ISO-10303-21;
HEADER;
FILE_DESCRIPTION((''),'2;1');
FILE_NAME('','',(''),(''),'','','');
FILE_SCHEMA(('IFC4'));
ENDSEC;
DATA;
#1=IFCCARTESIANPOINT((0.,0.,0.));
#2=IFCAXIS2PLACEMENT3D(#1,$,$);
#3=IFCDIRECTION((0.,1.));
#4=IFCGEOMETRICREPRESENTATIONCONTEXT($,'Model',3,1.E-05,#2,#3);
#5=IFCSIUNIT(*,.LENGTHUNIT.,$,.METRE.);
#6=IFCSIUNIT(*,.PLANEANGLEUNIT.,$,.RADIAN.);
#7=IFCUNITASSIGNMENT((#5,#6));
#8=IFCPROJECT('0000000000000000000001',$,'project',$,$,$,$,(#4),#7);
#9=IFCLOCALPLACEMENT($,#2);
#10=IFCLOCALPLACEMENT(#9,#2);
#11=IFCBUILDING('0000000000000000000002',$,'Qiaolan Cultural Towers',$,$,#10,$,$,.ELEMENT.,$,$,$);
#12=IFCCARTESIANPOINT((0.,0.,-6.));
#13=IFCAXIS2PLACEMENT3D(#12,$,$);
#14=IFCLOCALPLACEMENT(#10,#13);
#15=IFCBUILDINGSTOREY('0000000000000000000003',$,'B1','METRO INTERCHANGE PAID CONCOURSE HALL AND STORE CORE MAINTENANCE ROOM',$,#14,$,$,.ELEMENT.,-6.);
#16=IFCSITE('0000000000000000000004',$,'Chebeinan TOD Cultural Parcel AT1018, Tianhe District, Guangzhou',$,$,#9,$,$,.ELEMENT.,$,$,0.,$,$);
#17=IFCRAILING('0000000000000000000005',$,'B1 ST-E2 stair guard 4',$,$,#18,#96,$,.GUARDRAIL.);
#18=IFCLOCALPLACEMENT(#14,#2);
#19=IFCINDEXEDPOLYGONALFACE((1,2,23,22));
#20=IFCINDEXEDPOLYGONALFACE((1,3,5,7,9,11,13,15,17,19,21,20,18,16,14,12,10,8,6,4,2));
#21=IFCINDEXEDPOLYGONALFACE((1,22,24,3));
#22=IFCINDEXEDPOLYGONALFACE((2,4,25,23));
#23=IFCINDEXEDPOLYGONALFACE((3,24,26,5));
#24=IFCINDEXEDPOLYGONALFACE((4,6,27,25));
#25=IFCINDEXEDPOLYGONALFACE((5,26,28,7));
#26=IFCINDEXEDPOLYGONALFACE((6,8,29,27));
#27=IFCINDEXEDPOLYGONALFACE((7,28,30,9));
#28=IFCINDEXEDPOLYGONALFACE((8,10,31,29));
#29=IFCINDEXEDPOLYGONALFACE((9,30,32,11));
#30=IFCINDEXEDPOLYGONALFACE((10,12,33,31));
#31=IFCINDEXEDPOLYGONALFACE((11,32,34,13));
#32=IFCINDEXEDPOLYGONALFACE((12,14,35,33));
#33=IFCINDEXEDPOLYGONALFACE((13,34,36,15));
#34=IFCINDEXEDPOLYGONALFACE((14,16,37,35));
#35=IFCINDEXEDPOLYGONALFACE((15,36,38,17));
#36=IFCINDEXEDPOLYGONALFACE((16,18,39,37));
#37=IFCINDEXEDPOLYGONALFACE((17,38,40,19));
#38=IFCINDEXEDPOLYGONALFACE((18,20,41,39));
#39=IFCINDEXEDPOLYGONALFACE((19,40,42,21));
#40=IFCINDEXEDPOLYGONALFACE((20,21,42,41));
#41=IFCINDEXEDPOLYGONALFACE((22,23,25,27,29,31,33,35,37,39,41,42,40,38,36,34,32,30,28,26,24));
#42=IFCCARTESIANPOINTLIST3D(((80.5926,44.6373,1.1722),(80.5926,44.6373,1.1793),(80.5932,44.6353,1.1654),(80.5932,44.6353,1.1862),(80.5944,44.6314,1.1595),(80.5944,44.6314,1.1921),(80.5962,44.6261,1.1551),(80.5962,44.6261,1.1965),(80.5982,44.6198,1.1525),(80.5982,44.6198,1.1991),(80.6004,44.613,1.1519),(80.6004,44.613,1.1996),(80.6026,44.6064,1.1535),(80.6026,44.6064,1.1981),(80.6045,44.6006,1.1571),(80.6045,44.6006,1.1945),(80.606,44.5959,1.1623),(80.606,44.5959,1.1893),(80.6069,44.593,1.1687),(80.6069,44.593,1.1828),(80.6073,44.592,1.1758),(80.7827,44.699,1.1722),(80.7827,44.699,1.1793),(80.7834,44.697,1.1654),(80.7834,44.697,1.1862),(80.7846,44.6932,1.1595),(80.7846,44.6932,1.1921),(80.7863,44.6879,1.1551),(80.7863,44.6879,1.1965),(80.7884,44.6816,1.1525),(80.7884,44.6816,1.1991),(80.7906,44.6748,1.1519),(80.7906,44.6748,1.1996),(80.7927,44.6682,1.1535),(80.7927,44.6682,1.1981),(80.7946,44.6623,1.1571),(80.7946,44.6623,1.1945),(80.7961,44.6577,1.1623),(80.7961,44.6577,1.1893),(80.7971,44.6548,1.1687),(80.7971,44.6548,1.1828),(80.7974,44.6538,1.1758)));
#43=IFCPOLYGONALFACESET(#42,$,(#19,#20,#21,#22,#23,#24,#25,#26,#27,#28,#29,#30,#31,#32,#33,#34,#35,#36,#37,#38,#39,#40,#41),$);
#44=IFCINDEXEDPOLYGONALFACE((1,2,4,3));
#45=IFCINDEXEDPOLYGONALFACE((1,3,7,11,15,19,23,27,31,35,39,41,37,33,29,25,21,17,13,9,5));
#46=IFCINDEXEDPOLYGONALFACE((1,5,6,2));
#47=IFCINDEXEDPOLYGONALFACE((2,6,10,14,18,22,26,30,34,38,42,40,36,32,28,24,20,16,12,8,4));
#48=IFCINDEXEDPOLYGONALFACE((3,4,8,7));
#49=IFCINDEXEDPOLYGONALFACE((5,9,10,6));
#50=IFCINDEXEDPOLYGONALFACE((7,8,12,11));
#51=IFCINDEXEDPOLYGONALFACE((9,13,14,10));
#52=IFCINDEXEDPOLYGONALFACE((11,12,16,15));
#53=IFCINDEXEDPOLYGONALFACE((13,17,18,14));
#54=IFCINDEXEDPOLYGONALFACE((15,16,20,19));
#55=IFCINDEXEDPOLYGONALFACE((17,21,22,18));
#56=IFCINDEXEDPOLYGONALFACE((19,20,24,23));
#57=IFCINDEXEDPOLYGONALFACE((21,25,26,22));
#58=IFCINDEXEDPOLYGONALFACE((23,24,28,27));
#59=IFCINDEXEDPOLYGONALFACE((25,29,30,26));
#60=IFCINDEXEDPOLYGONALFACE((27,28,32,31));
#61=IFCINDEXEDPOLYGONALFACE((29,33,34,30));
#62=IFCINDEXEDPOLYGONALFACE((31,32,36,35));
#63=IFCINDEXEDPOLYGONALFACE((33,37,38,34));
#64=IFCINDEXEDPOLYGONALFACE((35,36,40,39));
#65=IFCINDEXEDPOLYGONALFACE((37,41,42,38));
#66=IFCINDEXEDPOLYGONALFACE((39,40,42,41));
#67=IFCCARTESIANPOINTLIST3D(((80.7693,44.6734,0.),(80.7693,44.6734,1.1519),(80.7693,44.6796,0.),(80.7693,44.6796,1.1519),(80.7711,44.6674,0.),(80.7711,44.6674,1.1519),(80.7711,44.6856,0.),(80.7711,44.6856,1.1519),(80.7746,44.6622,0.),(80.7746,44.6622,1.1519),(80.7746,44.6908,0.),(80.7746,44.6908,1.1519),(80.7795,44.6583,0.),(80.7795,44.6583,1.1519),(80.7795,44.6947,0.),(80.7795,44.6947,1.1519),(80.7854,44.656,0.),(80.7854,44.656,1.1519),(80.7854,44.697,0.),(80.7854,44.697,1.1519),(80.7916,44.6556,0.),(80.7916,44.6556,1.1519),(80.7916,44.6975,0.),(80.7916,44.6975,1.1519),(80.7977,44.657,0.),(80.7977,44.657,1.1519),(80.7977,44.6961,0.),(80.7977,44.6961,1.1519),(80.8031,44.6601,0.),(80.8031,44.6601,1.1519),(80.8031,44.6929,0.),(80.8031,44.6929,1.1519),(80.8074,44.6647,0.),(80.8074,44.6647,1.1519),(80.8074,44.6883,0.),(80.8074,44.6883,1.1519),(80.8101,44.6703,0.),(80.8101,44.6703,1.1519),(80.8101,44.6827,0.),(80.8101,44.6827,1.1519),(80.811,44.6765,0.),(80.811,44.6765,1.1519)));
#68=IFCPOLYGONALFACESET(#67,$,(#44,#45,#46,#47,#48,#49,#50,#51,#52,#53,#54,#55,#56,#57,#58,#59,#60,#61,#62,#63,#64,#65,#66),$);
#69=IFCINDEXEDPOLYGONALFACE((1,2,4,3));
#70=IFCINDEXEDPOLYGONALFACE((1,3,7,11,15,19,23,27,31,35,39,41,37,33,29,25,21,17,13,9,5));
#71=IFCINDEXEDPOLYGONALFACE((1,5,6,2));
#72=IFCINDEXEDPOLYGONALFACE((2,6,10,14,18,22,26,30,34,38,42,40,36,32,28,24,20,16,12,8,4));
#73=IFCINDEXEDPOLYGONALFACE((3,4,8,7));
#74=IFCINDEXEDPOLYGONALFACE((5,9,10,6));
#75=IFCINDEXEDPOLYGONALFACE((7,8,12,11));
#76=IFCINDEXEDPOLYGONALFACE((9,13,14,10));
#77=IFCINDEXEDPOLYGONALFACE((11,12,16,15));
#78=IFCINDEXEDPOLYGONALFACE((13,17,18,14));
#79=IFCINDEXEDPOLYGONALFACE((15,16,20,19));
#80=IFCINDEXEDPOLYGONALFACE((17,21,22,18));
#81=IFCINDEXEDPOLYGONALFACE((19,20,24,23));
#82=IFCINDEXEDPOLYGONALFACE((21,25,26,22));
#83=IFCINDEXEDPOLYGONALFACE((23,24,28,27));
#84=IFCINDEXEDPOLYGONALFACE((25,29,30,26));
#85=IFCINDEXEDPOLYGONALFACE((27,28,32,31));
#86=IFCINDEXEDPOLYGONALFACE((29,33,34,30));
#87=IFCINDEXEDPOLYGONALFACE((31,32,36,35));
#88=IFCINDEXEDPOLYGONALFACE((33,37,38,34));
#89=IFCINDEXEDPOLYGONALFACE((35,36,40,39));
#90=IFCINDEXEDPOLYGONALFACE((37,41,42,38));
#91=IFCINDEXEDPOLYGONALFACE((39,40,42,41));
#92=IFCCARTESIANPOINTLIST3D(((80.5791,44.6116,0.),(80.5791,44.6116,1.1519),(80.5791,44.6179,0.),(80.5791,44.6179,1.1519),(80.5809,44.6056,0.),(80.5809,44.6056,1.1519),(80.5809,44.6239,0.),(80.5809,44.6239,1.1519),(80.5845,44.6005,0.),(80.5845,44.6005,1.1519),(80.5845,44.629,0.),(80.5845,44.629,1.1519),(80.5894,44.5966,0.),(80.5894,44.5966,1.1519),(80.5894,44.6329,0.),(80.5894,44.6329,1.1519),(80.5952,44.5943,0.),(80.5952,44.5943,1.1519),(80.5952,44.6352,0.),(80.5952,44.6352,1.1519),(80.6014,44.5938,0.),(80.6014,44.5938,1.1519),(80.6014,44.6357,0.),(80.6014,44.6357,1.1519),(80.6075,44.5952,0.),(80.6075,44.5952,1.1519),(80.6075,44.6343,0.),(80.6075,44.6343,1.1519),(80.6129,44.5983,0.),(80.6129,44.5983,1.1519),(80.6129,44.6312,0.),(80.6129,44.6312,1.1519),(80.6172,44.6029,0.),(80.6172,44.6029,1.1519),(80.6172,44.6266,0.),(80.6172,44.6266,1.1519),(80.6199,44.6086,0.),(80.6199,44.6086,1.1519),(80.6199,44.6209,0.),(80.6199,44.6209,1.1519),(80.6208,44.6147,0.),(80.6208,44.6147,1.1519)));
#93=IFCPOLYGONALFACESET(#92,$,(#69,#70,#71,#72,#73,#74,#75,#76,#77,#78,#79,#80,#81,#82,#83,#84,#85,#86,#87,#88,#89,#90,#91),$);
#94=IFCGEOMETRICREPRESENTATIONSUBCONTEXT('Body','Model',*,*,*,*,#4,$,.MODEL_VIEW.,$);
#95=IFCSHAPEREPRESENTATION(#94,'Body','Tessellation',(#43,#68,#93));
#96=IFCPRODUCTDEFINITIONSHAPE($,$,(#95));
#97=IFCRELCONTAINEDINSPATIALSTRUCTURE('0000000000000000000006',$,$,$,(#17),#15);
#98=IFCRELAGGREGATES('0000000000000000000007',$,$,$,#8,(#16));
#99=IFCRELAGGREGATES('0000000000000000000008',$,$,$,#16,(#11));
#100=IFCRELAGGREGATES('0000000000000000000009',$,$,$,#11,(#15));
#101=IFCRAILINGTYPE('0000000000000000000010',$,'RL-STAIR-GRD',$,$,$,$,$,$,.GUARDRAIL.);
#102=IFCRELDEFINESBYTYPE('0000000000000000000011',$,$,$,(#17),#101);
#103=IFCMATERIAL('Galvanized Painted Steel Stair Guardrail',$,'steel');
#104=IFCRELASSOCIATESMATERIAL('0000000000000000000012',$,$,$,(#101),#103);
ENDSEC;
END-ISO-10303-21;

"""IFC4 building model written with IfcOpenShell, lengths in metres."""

from ifc_helpers import new_model, si_unit, direction, frame, origin, origin_2d, place, context, subcontext, project, spatial, circle, extrude, material, type_object, element, save


model = new_model("IFC4")

# Units and contexts
model_context = context("Model", 3, precision=1e-05, world=origin(), true_north=direction((0.0, 1.0)))
body_context = subcontext(model_context, "Body", "Model", "MODEL_VIEW")
ifc_project = project(units=[si_unit("LENGTHUNIT", "METRE"), si_unit("PLANEANGLEUNIT", "RADIAN")], contexts=[model_context])

# Site, building, storey
site_placement = place(None, origin())
site = spatial("IfcSite", under=ifc_project, at=site_placement, Name="Chebeinan TOD Cultural Parcel AT1018, Tianhe District, Guangzhou", CompositionType="ELEMENT", RefElevation=0.0)
building_placement = place(site_placement, origin())
building = spatial("IfcBuilding", under=site, at=building_placement, Name="Qiaolan Cultural Towers", CompositionType="ELEMENT")
storey_placement = place(building_placement, frame((0.0, 0.0, -6.0)))
storey = spatial("IfcBuildingStorey", under=building, at=storey_placement, Name="B1", Description="METRO INTERCHANGE PAID CONCOURSE HALL AND STORE CORE MAINTENANCE ROOM", CompositionType="ELEMENT", Elevation=-6.0)

# Railing
ifc_material_1 = material(Name="Galvanized Painted Steel Stair Guardrail", Category="steel")
railing_type = type_object("IfcRailingType", Name="RL-STAIR-GRD", PredefinedType="GUARDRAIL", material=ifc_material_1)
railing_1_placement = place(storey_placement, frame((80.79, 44.6765, 0.0)))
element("IfcRailing", 1, at=railing_1_placement, inside=storey, type_object=railing_type, Name="B1 ST-E2 stair guard 4", PredefinedType="GUARDRAIL", context=body_context, shape_type="SweptSolid", body=[
    extrude(circle(Radius=0.0239, at=origin_2d()), frame((0.0, 0.0, 1.1758), z_axis=(-0.951097, -0.308893, 0.0), x_axis=(0.308893, -0.951097, 0.0)), (0.0, 0.0, 1.0), 0.2),
    extrude(circle(Radius=0.021, at=origin_2d()), origin(), (0.0, 0.0, 1.0), 1.1519),
    extrude(circle(Radius=0.021, at=origin_2d()), frame((-0.1902, -0.0618, 0.0)), (0.0, 0.0, 1.0), 1.1519),
])

save(model, "model.ifc")
